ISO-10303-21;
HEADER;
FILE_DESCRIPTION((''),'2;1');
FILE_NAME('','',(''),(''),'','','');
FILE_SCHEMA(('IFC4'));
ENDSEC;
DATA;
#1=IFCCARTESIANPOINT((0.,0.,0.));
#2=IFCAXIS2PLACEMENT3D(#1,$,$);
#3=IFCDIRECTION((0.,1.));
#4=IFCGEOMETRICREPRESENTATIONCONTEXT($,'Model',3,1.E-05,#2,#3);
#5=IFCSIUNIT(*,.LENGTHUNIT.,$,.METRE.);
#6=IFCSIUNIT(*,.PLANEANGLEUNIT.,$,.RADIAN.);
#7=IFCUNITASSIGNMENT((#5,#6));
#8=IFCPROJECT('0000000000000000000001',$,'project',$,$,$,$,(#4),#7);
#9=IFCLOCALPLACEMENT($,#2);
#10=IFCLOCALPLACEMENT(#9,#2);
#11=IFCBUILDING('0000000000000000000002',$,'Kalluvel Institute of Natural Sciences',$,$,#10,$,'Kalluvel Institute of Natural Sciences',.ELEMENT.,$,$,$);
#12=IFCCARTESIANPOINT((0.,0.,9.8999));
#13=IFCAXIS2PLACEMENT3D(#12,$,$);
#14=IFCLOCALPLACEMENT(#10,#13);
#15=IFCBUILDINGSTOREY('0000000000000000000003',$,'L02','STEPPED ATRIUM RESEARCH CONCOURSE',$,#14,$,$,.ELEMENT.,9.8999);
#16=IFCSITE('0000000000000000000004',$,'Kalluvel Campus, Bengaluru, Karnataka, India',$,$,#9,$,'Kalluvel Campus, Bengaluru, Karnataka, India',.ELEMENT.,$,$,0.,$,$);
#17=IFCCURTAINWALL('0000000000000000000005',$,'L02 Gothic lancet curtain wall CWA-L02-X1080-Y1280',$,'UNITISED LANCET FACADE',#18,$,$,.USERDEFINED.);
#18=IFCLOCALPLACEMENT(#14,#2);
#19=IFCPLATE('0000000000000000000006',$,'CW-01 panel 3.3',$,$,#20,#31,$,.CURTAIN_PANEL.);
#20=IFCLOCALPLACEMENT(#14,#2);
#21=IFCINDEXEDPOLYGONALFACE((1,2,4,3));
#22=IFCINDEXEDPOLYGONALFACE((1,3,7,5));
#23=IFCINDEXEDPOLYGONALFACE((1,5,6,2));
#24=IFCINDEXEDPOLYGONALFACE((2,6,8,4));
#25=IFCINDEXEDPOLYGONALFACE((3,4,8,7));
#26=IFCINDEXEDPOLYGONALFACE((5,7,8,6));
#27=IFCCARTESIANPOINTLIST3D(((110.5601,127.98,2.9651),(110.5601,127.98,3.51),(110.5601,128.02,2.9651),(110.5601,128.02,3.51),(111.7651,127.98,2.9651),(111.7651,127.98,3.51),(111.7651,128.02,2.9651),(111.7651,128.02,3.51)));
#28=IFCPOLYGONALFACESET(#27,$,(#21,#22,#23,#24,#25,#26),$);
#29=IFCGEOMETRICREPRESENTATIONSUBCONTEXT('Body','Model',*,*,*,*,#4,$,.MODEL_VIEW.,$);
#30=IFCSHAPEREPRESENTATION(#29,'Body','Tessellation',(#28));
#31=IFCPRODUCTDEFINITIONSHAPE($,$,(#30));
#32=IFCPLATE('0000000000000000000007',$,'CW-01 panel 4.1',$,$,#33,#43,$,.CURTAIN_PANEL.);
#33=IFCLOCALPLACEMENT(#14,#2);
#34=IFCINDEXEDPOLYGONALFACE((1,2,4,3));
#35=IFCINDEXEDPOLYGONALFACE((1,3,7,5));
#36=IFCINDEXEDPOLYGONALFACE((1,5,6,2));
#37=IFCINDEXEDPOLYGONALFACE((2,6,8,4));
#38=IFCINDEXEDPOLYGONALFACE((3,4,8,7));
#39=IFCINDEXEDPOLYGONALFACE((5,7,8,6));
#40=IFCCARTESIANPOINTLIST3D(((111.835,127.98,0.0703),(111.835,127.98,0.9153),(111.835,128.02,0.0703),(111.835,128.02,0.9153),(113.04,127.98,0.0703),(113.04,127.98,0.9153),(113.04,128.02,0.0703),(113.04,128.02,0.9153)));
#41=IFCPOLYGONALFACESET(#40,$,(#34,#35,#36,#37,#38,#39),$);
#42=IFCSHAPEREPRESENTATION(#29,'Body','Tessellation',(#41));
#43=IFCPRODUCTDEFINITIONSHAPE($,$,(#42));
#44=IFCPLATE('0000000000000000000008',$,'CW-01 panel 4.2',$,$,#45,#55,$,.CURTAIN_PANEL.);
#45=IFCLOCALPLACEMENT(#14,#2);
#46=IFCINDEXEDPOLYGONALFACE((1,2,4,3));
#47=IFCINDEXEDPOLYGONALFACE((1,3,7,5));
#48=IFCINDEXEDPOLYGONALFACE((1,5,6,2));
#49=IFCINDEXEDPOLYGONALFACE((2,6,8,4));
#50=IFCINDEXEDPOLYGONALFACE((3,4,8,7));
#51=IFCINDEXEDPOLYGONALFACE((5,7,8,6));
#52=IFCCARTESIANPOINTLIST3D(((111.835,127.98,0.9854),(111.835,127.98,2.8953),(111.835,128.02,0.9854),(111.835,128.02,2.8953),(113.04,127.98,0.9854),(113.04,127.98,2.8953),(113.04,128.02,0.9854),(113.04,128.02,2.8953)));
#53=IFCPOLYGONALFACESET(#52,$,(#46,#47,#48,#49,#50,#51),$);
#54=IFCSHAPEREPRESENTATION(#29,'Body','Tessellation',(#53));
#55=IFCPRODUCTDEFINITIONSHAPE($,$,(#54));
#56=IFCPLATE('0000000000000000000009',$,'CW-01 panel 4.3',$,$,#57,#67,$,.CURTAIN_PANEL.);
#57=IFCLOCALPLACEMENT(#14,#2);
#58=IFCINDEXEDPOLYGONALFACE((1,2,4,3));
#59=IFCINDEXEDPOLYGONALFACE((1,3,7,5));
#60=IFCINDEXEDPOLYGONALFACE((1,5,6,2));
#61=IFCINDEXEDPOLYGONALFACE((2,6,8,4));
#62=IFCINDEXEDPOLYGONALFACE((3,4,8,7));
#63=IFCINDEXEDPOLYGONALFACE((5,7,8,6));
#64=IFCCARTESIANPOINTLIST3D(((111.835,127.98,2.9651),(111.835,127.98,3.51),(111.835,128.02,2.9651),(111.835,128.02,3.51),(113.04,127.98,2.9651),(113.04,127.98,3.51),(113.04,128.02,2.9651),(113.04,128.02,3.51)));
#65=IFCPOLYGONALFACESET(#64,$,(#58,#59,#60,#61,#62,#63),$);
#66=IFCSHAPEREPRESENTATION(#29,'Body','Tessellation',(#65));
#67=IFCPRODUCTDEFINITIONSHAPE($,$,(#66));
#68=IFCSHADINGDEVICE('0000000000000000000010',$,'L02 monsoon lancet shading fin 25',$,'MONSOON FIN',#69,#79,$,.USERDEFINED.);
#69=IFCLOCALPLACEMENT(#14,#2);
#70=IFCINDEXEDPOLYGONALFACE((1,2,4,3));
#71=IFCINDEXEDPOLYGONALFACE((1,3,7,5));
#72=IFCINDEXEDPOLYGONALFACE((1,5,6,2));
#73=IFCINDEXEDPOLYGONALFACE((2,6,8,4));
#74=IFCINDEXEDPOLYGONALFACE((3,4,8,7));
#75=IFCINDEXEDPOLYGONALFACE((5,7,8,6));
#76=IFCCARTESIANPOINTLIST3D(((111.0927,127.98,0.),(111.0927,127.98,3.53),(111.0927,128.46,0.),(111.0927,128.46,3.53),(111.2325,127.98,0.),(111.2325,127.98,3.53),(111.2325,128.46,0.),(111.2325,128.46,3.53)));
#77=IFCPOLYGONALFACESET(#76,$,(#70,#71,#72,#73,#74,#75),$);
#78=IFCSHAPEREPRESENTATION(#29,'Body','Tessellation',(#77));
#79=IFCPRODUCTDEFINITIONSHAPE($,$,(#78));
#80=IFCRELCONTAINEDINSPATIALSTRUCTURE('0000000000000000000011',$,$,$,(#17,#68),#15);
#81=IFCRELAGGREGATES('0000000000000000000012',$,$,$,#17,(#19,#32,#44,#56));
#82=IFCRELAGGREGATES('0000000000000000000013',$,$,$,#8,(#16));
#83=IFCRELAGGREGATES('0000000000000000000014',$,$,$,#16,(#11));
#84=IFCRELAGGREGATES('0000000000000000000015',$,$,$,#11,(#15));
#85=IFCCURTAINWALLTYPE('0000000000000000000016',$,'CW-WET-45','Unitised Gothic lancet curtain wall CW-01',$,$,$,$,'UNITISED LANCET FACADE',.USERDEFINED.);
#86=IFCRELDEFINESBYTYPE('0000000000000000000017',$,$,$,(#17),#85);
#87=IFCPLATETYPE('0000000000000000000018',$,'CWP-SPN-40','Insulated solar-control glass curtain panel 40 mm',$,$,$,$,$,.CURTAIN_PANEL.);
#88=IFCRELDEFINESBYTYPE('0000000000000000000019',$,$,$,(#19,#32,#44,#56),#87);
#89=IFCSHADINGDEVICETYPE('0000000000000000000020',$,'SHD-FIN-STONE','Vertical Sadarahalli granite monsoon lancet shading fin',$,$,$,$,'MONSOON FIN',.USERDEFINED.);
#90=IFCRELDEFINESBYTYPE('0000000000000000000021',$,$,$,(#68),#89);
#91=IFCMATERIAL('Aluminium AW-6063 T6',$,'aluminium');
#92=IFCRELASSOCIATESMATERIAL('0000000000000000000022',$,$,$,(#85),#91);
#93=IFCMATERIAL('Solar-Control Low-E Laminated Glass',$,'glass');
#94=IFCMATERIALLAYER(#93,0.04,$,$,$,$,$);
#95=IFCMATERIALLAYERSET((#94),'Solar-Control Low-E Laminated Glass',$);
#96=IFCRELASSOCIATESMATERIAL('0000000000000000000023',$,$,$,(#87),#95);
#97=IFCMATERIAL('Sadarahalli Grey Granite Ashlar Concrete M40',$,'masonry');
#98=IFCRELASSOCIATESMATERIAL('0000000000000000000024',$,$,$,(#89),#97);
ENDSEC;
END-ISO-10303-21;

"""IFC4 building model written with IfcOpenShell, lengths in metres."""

from ifc_helpers import new_model, si_unit, direction, frame, origin, origin_2d, place, context, subcontext, project, spatial, rectangle, extrude, material, layer, layer_set, type_object, element, aggregate, save


model = new_model("IFC4")

# Units and contexts
model_context = context("Model", 3, precision=1e-05, world=origin(), true_north=direction((0.0, 1.0)))
body_context = subcontext(model_context, "Body", "Model", "MODEL_VIEW")
ifc_project = project(units=[si_unit("LENGTHUNIT", "METRE"), si_unit("PLANEANGLEUNIT", "RADIAN")], contexts=[model_context])

# Site, building, storey
site_placement = place(None, origin())
site = spatial("IfcSite", under=ifc_project, at=site_placement, Name="Kalluvel Campus, Bengaluru, Karnataka, India", LongName="Kalluvel Campus, Bengaluru, Karnataka, India", CompositionType="ELEMENT", RefElevation=0.0)
building_placement = place(site_placement, origin())
building = spatial("IfcBuilding", under=site, at=building_placement, Name="Kalluvel Institute of Natural Sciences", LongName="Kalluvel Institute of Natural Sciences", CompositionType="ELEMENT")
storey_placement = place(building_placement, frame((0.0, 0.0, 9.8999)))
storey = spatial("IfcBuildingStorey", under=building, at=storey_placement, Name="L02", Description="STEPPED ATRIUM RESEARCH CONCOURSE", CompositionType="ELEMENT", Elevation=9.8999)

# Curtain wall, plates
ifc_material_1 = material(Name="Aluminium AW-6063 T6", Category="aluminium")
curtain_wall_type = type_object("IfcCurtainWallType", Name="CW-WET-45", Description="Unitised Gothic lancet curtain wall CW-01", ElementType="UNITISED LANCET FACADE", PredefinedType="USERDEFINED", material=ifc_material_1)
curtain_wall_placement = place(storey_placement, origin())
curtain_wall = element("IfcCurtainWall", 1, at=curtain_wall_placement, inside=storey, type_object=curtain_wall_type, Name="L02 Gothic lancet curtain wall CWA-L02-X1080-Y1280", ObjectType="UNITISED LANCET FACADE", PredefinedType="USERDEFINED")
ifc_material_2 = material(Name="Solar-Control Low-E Laminated Glass", Category="glass")
ifc_layer = layer(ifc_material_2, 0.04)
ifc_layer_set = layer_set([ifc_layer], Name="Solar-Control Low-E Laminated Glass")
plate_type = type_object("IfcPlateType", Name="CWP-SPN-40", Description="Insulated solar-control glass curtain panel 40 mm", PredefinedType="CURTAIN_PANEL", material=ifc_layer_set)
plate_1_placement = place(storey_placement, frame((111.1626, 128.0, 2.9651), z_axis=(0.0, 0.0, 1.0), x_axis=(1.0, 0.0, 0.0)))
plate_1 = element("IfcPlate", 2, at=plate_1_placement, type_object=plate_type, Name="CW-01 panel 3.3", PredefinedType="CURTAIN_PANEL", context=body_context, shape_type="SweptSolid", body=[
    extrude(rectangle(XDim=1.2051, YDim=0.04, at=origin_2d()), origin(), (0.0, 0.0, 1.0), 0.5449),
])
plate_2_placement = place(storey_placement, frame((112.4375, 128.0, 0.0703), z_axis=(0.0, 0.0, 1.0), x_axis=(1.0, 0.0, 0.0)))
plate_2 = element("IfcPlate", 3, at=plate_2_placement, type_object=plate_type, Name="CW-01 panel 4.1", PredefinedType="CURTAIN_PANEL", context=body_context, shape_type="SweptSolid", body=[
    extrude(rectangle(XDim=1.2051, YDim=0.04, at=origin_2d()), origin(), (0.0, 0.0, 1.0), 0.845),
])
plate_3_placement = place(storey_placement, frame((112.4375, 128.0, 0.9854), z_axis=(0.0, 0.0, 1.0), x_axis=(1.0, 0.0, 0.0)))
plate_3 = element("IfcPlate", 4, at=plate_3_placement, type_object=plate_type, Name="CW-01 panel 4.2", PredefinedType="CURTAIN_PANEL", context=body_context, shape_type="SweptSolid", body=[
    extrude(rectangle(XDim=1.2051, YDim=0.04, at=origin_2d()), origin(), (0.0, 0.0, 1.0), 1.9099),
])
plate_4_placement = place(storey_placement, frame((112.4375, 128.0, 2.9651), z_axis=(0.0, 0.0, 1.0), x_axis=(1.0, 0.0, 0.0)))
plate_4 = element("IfcPlate", 5, at=plate_4_placement, type_object=plate_type, Name="CW-01 panel 4.3", PredefinedType="CURTAIN_PANEL", context=body_context, shape_type="SweptSolid", body=[
    extrude(rectangle(XDim=1.2051, YDim=0.04, at=origin_2d()), origin(), (0.0, 0.0, 1.0), 0.5449),
])
aggregate(curtain_wall, [plate_1, plate_2, plate_3, plate_4])

# Shading device
ifc_material_3 = material(Name="Sadarahalli Grey Granite Ashlar Concrete M40", Category="masonry")
shading_device_type = type_object("IfcShadingDeviceType", Name="SHD-FIN-STONE", Description="Vertical Sadarahalli granite monsoon lancet shading fin", ElementType="MONSOON FIN", PredefinedType="USERDEFINED", material=ifc_material_3)
shading_device_placement = place(storey_placement, frame((111.1626, 128.22, 0.0), z_axis=(0.0, 0.0, 1.0), x_axis=(1.0, 0.0, 0.0)))
element("IfcShadingDevice", 6, at=shading_device_placement, inside=storey, type_object=shading_device_type, Name="L02 monsoon lancet shading fin 25", ObjectType="MONSOON FIN", PredefinedType="USERDEFINED", context=body_context, shape_type="SweptSolid", body=[
    extrude(rectangle(XDim=0.1399, YDim=0.48, at=origin_2d()), origin(), (0.0, 0.0, 1.0), 3.53),
])

save(model, "model.ifc")
